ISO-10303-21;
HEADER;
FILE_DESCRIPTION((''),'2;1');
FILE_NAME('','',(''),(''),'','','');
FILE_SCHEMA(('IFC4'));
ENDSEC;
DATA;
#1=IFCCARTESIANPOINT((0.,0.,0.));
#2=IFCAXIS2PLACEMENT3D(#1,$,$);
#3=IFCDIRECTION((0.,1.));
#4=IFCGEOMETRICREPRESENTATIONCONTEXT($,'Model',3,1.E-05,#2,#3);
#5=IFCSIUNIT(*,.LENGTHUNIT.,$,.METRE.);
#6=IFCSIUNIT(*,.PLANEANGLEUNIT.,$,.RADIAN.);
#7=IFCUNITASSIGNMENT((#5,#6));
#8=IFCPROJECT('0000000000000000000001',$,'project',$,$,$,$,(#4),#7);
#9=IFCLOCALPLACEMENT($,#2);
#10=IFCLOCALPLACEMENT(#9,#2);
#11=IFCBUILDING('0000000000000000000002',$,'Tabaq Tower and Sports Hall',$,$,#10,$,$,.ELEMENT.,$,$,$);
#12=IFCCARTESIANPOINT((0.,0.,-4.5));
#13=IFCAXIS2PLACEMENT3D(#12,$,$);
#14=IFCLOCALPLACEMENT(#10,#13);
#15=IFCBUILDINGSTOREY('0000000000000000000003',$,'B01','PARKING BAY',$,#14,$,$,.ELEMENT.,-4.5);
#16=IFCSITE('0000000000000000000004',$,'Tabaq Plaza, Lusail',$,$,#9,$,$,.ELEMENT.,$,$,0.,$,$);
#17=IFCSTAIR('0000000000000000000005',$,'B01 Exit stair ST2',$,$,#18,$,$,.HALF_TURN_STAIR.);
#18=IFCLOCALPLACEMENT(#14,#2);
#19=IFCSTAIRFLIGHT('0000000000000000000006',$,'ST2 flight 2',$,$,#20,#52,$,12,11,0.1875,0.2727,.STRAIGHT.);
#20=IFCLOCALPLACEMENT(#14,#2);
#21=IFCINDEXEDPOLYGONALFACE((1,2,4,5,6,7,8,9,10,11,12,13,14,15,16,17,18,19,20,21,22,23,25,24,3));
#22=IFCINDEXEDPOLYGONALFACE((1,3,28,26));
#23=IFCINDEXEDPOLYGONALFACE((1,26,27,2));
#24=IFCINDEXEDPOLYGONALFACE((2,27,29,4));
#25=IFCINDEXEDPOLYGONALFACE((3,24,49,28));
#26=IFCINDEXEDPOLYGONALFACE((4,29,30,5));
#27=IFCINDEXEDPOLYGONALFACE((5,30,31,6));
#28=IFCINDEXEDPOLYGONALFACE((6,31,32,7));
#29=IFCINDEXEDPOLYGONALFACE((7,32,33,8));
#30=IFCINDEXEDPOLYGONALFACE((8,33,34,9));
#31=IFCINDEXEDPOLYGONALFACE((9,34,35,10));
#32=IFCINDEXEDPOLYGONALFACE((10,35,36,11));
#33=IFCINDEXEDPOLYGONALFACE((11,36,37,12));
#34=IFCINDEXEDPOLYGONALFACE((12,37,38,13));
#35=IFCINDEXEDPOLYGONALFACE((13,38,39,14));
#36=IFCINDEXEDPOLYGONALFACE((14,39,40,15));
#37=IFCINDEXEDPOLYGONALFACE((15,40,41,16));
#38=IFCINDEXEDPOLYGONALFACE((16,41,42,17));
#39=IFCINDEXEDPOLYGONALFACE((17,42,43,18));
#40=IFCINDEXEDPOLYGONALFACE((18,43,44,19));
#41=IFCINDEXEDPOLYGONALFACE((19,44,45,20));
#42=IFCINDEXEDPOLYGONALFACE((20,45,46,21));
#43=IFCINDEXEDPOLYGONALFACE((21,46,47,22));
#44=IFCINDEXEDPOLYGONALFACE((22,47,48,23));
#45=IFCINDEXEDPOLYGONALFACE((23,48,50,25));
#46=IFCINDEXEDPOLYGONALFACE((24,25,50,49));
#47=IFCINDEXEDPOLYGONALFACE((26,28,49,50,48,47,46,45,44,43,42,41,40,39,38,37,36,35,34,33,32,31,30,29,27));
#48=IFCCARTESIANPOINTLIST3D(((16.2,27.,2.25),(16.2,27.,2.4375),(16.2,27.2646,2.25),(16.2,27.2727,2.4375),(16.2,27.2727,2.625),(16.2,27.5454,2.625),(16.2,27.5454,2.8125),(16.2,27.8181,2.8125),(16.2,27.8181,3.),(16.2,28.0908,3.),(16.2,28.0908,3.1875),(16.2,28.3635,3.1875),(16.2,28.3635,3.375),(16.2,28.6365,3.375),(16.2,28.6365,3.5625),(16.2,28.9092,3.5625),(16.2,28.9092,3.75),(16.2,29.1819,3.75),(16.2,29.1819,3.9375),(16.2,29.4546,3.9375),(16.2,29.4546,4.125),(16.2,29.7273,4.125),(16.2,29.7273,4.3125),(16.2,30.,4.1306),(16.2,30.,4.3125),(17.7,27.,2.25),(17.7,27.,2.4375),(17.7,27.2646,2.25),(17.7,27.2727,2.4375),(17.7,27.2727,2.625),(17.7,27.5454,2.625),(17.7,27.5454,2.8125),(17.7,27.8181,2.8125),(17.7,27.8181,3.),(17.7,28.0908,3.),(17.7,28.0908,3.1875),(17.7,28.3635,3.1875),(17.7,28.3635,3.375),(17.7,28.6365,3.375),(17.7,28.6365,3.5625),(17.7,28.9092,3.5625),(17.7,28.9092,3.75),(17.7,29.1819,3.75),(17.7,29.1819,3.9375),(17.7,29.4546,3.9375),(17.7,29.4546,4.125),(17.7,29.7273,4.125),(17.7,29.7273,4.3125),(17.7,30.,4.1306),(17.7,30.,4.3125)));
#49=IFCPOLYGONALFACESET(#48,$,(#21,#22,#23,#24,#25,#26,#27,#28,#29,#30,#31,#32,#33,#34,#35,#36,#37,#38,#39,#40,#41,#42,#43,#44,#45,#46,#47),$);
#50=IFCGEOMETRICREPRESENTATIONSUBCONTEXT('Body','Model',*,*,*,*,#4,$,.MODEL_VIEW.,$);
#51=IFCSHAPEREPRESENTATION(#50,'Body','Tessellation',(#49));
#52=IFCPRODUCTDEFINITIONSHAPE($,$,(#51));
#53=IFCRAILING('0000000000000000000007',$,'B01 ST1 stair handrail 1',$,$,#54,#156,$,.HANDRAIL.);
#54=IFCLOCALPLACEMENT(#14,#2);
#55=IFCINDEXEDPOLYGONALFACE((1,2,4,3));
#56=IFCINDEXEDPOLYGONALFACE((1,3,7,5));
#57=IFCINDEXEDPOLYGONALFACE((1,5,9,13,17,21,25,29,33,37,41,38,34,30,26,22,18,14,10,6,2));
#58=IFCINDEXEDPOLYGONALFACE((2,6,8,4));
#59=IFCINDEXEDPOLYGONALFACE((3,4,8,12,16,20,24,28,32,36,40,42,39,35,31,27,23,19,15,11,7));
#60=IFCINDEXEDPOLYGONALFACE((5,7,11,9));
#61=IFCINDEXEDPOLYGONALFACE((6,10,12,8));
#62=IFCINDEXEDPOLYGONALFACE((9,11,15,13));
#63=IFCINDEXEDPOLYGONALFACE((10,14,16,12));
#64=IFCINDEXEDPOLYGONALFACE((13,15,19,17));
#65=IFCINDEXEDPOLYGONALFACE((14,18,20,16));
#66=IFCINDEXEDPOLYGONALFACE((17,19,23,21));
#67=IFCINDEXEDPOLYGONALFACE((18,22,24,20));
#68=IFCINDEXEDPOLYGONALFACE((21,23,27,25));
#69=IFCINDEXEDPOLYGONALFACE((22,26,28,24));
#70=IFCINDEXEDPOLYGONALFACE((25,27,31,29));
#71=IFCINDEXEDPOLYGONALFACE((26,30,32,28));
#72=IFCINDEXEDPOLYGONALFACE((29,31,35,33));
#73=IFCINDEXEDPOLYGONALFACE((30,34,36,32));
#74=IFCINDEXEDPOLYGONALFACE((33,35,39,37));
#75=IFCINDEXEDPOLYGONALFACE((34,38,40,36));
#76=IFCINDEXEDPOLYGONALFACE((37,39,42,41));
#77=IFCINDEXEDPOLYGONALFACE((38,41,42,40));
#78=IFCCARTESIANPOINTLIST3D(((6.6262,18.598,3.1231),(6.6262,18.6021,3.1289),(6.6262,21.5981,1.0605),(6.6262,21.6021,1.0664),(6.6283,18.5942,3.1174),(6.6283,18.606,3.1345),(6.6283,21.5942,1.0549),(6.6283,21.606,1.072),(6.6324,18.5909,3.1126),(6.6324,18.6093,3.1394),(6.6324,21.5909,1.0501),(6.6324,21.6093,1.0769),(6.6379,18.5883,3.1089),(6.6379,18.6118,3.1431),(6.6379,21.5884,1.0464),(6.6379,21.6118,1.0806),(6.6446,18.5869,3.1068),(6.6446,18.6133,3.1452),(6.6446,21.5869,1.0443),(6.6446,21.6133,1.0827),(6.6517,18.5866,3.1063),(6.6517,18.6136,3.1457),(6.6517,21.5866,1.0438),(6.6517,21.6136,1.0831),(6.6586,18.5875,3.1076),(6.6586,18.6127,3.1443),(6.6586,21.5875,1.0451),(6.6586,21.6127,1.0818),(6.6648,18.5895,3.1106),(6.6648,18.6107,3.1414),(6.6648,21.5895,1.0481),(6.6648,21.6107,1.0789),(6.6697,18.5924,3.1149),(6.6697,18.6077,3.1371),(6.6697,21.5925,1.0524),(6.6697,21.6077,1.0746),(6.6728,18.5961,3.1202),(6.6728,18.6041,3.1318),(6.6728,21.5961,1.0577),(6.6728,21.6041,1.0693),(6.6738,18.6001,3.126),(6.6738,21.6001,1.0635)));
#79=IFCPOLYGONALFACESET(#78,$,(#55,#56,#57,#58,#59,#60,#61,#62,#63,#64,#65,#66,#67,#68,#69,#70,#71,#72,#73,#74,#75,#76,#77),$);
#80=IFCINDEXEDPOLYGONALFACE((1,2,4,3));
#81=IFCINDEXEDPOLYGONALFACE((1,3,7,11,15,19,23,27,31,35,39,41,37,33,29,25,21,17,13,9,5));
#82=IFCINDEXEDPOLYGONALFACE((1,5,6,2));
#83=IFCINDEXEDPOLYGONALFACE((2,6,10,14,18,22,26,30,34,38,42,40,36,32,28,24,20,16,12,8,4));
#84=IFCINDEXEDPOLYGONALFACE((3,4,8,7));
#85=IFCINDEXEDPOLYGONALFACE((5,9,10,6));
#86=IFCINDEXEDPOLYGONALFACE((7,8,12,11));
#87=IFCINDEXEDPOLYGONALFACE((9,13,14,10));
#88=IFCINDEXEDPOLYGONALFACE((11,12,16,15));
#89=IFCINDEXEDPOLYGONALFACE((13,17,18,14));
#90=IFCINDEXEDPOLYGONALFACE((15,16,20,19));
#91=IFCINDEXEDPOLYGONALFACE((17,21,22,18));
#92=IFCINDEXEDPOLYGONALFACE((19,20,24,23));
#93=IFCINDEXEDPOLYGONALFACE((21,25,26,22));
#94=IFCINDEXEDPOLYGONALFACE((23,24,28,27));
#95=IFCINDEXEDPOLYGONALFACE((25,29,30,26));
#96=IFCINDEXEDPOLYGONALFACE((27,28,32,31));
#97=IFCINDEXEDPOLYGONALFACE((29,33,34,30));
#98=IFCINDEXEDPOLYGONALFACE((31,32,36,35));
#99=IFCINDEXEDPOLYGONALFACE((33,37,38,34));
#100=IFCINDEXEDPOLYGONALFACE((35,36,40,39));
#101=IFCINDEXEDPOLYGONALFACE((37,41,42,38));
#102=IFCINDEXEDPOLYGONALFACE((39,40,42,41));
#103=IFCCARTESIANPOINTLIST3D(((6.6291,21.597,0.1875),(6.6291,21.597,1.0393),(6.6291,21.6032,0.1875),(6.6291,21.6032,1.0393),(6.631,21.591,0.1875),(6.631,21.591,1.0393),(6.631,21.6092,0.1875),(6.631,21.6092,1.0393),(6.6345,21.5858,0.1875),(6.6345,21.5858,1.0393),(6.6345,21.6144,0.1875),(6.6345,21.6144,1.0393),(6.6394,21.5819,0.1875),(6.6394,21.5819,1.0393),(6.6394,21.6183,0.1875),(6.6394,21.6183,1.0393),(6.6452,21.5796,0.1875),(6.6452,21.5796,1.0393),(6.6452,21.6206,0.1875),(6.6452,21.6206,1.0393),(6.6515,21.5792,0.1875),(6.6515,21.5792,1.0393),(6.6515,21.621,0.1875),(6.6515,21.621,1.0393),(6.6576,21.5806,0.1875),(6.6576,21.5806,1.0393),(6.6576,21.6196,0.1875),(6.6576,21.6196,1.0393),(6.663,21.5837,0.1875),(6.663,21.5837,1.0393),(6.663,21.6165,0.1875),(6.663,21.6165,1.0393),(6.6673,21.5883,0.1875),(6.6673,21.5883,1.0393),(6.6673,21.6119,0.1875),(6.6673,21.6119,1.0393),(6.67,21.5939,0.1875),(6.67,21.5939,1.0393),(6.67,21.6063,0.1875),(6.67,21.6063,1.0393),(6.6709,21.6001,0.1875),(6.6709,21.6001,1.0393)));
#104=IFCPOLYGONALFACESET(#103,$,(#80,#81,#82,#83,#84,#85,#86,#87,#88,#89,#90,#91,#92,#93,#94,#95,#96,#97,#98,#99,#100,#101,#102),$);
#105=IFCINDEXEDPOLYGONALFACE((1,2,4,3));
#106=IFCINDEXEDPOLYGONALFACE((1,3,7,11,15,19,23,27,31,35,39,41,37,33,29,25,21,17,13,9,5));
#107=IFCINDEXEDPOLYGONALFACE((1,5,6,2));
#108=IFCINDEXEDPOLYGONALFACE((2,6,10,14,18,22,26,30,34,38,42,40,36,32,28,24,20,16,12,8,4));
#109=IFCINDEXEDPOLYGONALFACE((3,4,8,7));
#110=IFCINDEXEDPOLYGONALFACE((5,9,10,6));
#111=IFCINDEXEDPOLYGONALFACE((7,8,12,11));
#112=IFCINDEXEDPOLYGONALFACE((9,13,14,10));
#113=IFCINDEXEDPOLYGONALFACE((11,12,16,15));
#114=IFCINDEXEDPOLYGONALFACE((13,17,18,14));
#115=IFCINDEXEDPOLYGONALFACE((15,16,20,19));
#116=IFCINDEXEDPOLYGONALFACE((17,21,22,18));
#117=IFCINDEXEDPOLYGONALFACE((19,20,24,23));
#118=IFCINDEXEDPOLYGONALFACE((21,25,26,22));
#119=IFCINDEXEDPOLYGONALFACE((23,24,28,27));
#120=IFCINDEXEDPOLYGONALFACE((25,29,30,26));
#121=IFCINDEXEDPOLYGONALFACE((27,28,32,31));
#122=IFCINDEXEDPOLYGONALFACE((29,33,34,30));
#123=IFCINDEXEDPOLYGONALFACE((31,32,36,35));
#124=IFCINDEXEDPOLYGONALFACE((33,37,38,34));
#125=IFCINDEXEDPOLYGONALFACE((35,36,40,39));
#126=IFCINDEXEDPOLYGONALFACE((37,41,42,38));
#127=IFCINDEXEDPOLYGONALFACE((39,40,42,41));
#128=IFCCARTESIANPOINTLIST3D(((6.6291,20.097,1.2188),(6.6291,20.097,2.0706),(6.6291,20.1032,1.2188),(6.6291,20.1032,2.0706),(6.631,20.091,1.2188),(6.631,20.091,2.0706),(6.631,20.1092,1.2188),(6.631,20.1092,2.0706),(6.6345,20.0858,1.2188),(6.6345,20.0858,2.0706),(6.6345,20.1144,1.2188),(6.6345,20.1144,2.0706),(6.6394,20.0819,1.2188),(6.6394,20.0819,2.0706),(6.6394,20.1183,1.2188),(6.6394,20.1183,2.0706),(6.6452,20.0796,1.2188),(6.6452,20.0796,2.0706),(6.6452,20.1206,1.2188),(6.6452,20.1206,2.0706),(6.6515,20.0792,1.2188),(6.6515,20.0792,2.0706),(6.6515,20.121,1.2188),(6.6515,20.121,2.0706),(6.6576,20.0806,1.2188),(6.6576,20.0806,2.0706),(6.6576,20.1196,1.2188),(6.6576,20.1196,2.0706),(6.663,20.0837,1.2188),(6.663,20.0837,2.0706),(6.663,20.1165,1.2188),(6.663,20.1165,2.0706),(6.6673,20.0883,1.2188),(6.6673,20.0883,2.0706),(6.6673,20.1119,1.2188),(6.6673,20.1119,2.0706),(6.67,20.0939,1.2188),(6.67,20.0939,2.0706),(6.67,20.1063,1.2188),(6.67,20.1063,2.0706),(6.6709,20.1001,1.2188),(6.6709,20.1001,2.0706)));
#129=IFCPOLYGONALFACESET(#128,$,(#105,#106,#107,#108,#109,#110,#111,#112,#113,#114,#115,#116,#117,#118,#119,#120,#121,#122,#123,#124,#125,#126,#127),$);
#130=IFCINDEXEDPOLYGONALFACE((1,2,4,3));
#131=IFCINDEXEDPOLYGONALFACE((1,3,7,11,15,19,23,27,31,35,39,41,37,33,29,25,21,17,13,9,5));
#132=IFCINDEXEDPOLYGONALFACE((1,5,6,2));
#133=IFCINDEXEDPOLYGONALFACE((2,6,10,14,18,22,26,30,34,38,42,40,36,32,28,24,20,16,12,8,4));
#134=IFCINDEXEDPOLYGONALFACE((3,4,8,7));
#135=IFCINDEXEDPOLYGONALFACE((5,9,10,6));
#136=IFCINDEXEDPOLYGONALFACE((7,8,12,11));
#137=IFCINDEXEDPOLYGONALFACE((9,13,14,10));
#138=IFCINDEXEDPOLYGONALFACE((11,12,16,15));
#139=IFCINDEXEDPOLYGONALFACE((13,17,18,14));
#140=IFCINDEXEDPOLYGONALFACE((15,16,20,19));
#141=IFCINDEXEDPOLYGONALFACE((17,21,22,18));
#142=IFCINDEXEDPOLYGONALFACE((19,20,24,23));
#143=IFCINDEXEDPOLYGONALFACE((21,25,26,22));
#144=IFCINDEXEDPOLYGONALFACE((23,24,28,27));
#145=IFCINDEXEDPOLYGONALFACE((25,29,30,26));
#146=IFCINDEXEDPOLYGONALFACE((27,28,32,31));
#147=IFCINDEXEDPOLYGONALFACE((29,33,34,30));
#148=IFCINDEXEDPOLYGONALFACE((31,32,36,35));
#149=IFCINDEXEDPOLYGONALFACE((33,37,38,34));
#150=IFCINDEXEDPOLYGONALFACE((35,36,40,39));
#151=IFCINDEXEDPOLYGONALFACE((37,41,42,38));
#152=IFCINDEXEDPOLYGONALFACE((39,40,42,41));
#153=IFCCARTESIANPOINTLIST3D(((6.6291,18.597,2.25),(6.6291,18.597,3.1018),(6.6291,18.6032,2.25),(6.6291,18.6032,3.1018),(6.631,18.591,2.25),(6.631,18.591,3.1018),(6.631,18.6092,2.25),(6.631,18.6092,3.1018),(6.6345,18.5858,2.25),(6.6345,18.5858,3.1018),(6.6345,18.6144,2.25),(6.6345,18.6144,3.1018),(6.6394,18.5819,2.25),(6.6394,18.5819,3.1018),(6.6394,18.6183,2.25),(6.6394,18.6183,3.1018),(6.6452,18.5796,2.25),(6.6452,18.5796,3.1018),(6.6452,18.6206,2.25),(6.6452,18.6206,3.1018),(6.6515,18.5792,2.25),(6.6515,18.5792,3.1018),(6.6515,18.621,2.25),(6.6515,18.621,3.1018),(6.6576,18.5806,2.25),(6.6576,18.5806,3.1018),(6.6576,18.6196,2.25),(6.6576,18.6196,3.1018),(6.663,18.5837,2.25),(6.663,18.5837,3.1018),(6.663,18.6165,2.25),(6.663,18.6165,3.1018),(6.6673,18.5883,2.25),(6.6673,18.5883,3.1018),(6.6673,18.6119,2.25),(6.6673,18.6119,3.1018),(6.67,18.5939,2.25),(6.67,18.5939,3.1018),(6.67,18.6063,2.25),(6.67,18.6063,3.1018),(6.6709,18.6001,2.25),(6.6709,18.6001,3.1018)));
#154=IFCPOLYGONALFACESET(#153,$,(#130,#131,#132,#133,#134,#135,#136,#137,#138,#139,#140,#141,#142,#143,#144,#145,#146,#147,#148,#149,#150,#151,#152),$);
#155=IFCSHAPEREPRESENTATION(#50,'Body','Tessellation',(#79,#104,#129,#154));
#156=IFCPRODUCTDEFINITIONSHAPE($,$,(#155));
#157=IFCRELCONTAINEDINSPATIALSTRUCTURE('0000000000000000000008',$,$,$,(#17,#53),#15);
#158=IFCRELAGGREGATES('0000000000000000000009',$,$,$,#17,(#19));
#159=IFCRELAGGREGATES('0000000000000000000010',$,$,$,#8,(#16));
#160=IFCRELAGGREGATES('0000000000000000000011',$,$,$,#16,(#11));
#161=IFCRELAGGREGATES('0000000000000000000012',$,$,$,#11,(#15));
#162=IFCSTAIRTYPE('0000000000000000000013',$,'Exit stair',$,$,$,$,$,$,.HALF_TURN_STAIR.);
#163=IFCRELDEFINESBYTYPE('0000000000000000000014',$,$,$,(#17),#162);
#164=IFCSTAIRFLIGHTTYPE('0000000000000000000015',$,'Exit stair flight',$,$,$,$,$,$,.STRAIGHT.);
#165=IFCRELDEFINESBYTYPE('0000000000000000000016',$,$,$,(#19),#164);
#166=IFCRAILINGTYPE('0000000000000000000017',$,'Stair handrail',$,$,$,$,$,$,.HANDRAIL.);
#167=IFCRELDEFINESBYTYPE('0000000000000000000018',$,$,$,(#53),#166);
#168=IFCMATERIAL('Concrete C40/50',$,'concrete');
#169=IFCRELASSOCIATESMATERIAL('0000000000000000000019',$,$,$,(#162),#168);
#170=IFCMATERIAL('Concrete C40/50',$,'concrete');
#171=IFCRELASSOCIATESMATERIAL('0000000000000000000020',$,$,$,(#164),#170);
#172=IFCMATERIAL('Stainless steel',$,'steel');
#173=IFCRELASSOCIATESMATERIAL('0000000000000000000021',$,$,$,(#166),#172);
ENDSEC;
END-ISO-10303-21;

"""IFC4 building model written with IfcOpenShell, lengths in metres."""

from ifc_helpers import new_model, si_unit, direction, frame, origin, origin_2d, place, context, subcontext, project, spatial, polyline, circle, outline, extrude, material, type_object, element, aggregate, save


model = new_model("IFC4")

# Units and contexts
model_context = context("Model", 3, precision=1e-05, world=origin(), true_north=direction((0.0, 1.0)))
body_context = subcontext(model_context, "Body", "Model", "MODEL_VIEW")
ifc_project = project(units=[si_unit("LENGTHUNIT", "METRE"), si_unit("PLANEANGLEUNIT", "RADIAN")], contexts=[model_context])

# Site, building, storey
site_placement = place(None, origin())
site = spatial("IfcSite", under=ifc_project, at=site_placement, Name="Tabaq Plaza, Lusail", CompositionType="ELEMENT", RefElevation=0.0)
building_placement = place(site_placement, origin())
building = spatial("IfcBuilding", under=site, at=building_placement, Name="Tabaq Tower and Sports Hall", CompositionType="ELEMENT")
storey_placement = place(building_placement, frame((0.0, 0.0, -4.5)))
storey = spatial("IfcBuildingStorey", under=building, at=storey_placement, Name="B01", Description="PARKING BAY", CompositionType="ELEMENT", Elevation=-4.5)

# Stair, stair flight
ifc_material_1 = material(Name="Concrete C40/50", Category="concrete")
stair_type = type_object("IfcStairType", Name="Exit stair", PredefinedType="HALF_TURN_STAIR", material=ifc_material_1)
stair_placement = place(storey_placement, origin())
stair = element("IfcStair", 1, at=stair_placement, inside=storey, type_object=stair_type, Name="B01 Exit stair ST2", PredefinedType="HALF_TURN_STAIR")
ifc_material_2 = material(Name="Concrete C40/50", Category="concrete")
stair_flight_type = type_object("IfcStairFlightType", Name="Exit stair flight", PredefinedType="STRAIGHT", material=ifc_material_2)
stair_flight_1_placement = place(storey_placement, frame((16.95, 27.0, 2.25), z_axis=(0.0, 0.0, 1.0), x_axis=(0.0, 1.0, 0.0)))
stair_flight_1 = element("IfcStairFlight", 2, at=stair_flight_1_placement, type_object=stair_flight_type, Name="ST2 flight 2", NumberOfRisers=12, NumberOfTreads=11, PredefinedType="STRAIGHT", RiserHeight=0.1875, TreadLength=0.2727, context=body_context, shape_type="SweptSolid", body=[
    extrude(outline(polyline([(0.0, 0.0), (0.0, 0.1875), (0.2727, 0.1875), (0.2727, 0.375), (0.5454, 0.375), (0.5454, 0.5625), (0.8181, 0.5625), (0.8181, 0.75), (1.0908, 0.75), (1.0908, 0.9375), (1.3635, 0.9375), (1.3635, 1.125), (1.6365, 1.125), (1.6365, 1.3125), (1.9092, 1.3125), (1.9092, 1.5), (2.1819, 1.5), (2.1819, 1.6875), (2.4546, 1.6875), (2.4546, 1.875), (2.7273, 1.875), (2.7273, 2.0625), (3.0, 2.0625), (3.0, 2.25), (3.0, 1.8806), (0.2646, 0.0), (0.0, 0.0)])), frame((0.0, 0.75, 0.0), z_axis=(0.0, -1.0, 0.0), x_axis=(1.0, 0.0, 0.0)), (0.0, 0.0, 1.0), 1.5),
])
aggregate(stair, [stair_flight_1])

# Railing
ifc_material_3 = material(Name="Stainless steel", Category="steel")
railing_type_1 = type_object("IfcRailingType", Name="Stair handrail", PredefinedType="HANDRAIL", material=ifc_material_3)
for number, where, name in (
    (3, (6.6499, 21.6001, 0.1875), "B01 ST1 stair handrail 1"),
):
    element("IfcRailing", number, at=place(storey_placement, frame(where)), inside=storey, type_object=railing_type_1, Name=name, PredefinedType="HANDRAIL", context=body_context, shape_type="SweptSolid", body=[
        extrude(circle(Radius=0.0239, at=origin_2d()), frame((0.0, 0.0, 0.876), z_axis=(0.0, -0.824042, 0.566529), x_axis=(1.0, 0.0, 0.0)), (0.0, 0.0, 1.0), 3.6406),
        extrude(circle(Radius=0.021, at=origin_2d()), origin(), (0.0, 0.0, 1.0), 0.8518),
        extrude(circle(Radius=0.021, at=origin_2d()), frame((0.0, -1.5, 1.0312)), (0.0, 0.0, 1.0), 0.8518),
        extrude(circle(Radius=0.021, at=origin_2d()), frame((0.0, -3.0, 2.0625)), (0.0, 0.0, 1.0), 0.8518),
    ])

save(model, "model.ifc")
